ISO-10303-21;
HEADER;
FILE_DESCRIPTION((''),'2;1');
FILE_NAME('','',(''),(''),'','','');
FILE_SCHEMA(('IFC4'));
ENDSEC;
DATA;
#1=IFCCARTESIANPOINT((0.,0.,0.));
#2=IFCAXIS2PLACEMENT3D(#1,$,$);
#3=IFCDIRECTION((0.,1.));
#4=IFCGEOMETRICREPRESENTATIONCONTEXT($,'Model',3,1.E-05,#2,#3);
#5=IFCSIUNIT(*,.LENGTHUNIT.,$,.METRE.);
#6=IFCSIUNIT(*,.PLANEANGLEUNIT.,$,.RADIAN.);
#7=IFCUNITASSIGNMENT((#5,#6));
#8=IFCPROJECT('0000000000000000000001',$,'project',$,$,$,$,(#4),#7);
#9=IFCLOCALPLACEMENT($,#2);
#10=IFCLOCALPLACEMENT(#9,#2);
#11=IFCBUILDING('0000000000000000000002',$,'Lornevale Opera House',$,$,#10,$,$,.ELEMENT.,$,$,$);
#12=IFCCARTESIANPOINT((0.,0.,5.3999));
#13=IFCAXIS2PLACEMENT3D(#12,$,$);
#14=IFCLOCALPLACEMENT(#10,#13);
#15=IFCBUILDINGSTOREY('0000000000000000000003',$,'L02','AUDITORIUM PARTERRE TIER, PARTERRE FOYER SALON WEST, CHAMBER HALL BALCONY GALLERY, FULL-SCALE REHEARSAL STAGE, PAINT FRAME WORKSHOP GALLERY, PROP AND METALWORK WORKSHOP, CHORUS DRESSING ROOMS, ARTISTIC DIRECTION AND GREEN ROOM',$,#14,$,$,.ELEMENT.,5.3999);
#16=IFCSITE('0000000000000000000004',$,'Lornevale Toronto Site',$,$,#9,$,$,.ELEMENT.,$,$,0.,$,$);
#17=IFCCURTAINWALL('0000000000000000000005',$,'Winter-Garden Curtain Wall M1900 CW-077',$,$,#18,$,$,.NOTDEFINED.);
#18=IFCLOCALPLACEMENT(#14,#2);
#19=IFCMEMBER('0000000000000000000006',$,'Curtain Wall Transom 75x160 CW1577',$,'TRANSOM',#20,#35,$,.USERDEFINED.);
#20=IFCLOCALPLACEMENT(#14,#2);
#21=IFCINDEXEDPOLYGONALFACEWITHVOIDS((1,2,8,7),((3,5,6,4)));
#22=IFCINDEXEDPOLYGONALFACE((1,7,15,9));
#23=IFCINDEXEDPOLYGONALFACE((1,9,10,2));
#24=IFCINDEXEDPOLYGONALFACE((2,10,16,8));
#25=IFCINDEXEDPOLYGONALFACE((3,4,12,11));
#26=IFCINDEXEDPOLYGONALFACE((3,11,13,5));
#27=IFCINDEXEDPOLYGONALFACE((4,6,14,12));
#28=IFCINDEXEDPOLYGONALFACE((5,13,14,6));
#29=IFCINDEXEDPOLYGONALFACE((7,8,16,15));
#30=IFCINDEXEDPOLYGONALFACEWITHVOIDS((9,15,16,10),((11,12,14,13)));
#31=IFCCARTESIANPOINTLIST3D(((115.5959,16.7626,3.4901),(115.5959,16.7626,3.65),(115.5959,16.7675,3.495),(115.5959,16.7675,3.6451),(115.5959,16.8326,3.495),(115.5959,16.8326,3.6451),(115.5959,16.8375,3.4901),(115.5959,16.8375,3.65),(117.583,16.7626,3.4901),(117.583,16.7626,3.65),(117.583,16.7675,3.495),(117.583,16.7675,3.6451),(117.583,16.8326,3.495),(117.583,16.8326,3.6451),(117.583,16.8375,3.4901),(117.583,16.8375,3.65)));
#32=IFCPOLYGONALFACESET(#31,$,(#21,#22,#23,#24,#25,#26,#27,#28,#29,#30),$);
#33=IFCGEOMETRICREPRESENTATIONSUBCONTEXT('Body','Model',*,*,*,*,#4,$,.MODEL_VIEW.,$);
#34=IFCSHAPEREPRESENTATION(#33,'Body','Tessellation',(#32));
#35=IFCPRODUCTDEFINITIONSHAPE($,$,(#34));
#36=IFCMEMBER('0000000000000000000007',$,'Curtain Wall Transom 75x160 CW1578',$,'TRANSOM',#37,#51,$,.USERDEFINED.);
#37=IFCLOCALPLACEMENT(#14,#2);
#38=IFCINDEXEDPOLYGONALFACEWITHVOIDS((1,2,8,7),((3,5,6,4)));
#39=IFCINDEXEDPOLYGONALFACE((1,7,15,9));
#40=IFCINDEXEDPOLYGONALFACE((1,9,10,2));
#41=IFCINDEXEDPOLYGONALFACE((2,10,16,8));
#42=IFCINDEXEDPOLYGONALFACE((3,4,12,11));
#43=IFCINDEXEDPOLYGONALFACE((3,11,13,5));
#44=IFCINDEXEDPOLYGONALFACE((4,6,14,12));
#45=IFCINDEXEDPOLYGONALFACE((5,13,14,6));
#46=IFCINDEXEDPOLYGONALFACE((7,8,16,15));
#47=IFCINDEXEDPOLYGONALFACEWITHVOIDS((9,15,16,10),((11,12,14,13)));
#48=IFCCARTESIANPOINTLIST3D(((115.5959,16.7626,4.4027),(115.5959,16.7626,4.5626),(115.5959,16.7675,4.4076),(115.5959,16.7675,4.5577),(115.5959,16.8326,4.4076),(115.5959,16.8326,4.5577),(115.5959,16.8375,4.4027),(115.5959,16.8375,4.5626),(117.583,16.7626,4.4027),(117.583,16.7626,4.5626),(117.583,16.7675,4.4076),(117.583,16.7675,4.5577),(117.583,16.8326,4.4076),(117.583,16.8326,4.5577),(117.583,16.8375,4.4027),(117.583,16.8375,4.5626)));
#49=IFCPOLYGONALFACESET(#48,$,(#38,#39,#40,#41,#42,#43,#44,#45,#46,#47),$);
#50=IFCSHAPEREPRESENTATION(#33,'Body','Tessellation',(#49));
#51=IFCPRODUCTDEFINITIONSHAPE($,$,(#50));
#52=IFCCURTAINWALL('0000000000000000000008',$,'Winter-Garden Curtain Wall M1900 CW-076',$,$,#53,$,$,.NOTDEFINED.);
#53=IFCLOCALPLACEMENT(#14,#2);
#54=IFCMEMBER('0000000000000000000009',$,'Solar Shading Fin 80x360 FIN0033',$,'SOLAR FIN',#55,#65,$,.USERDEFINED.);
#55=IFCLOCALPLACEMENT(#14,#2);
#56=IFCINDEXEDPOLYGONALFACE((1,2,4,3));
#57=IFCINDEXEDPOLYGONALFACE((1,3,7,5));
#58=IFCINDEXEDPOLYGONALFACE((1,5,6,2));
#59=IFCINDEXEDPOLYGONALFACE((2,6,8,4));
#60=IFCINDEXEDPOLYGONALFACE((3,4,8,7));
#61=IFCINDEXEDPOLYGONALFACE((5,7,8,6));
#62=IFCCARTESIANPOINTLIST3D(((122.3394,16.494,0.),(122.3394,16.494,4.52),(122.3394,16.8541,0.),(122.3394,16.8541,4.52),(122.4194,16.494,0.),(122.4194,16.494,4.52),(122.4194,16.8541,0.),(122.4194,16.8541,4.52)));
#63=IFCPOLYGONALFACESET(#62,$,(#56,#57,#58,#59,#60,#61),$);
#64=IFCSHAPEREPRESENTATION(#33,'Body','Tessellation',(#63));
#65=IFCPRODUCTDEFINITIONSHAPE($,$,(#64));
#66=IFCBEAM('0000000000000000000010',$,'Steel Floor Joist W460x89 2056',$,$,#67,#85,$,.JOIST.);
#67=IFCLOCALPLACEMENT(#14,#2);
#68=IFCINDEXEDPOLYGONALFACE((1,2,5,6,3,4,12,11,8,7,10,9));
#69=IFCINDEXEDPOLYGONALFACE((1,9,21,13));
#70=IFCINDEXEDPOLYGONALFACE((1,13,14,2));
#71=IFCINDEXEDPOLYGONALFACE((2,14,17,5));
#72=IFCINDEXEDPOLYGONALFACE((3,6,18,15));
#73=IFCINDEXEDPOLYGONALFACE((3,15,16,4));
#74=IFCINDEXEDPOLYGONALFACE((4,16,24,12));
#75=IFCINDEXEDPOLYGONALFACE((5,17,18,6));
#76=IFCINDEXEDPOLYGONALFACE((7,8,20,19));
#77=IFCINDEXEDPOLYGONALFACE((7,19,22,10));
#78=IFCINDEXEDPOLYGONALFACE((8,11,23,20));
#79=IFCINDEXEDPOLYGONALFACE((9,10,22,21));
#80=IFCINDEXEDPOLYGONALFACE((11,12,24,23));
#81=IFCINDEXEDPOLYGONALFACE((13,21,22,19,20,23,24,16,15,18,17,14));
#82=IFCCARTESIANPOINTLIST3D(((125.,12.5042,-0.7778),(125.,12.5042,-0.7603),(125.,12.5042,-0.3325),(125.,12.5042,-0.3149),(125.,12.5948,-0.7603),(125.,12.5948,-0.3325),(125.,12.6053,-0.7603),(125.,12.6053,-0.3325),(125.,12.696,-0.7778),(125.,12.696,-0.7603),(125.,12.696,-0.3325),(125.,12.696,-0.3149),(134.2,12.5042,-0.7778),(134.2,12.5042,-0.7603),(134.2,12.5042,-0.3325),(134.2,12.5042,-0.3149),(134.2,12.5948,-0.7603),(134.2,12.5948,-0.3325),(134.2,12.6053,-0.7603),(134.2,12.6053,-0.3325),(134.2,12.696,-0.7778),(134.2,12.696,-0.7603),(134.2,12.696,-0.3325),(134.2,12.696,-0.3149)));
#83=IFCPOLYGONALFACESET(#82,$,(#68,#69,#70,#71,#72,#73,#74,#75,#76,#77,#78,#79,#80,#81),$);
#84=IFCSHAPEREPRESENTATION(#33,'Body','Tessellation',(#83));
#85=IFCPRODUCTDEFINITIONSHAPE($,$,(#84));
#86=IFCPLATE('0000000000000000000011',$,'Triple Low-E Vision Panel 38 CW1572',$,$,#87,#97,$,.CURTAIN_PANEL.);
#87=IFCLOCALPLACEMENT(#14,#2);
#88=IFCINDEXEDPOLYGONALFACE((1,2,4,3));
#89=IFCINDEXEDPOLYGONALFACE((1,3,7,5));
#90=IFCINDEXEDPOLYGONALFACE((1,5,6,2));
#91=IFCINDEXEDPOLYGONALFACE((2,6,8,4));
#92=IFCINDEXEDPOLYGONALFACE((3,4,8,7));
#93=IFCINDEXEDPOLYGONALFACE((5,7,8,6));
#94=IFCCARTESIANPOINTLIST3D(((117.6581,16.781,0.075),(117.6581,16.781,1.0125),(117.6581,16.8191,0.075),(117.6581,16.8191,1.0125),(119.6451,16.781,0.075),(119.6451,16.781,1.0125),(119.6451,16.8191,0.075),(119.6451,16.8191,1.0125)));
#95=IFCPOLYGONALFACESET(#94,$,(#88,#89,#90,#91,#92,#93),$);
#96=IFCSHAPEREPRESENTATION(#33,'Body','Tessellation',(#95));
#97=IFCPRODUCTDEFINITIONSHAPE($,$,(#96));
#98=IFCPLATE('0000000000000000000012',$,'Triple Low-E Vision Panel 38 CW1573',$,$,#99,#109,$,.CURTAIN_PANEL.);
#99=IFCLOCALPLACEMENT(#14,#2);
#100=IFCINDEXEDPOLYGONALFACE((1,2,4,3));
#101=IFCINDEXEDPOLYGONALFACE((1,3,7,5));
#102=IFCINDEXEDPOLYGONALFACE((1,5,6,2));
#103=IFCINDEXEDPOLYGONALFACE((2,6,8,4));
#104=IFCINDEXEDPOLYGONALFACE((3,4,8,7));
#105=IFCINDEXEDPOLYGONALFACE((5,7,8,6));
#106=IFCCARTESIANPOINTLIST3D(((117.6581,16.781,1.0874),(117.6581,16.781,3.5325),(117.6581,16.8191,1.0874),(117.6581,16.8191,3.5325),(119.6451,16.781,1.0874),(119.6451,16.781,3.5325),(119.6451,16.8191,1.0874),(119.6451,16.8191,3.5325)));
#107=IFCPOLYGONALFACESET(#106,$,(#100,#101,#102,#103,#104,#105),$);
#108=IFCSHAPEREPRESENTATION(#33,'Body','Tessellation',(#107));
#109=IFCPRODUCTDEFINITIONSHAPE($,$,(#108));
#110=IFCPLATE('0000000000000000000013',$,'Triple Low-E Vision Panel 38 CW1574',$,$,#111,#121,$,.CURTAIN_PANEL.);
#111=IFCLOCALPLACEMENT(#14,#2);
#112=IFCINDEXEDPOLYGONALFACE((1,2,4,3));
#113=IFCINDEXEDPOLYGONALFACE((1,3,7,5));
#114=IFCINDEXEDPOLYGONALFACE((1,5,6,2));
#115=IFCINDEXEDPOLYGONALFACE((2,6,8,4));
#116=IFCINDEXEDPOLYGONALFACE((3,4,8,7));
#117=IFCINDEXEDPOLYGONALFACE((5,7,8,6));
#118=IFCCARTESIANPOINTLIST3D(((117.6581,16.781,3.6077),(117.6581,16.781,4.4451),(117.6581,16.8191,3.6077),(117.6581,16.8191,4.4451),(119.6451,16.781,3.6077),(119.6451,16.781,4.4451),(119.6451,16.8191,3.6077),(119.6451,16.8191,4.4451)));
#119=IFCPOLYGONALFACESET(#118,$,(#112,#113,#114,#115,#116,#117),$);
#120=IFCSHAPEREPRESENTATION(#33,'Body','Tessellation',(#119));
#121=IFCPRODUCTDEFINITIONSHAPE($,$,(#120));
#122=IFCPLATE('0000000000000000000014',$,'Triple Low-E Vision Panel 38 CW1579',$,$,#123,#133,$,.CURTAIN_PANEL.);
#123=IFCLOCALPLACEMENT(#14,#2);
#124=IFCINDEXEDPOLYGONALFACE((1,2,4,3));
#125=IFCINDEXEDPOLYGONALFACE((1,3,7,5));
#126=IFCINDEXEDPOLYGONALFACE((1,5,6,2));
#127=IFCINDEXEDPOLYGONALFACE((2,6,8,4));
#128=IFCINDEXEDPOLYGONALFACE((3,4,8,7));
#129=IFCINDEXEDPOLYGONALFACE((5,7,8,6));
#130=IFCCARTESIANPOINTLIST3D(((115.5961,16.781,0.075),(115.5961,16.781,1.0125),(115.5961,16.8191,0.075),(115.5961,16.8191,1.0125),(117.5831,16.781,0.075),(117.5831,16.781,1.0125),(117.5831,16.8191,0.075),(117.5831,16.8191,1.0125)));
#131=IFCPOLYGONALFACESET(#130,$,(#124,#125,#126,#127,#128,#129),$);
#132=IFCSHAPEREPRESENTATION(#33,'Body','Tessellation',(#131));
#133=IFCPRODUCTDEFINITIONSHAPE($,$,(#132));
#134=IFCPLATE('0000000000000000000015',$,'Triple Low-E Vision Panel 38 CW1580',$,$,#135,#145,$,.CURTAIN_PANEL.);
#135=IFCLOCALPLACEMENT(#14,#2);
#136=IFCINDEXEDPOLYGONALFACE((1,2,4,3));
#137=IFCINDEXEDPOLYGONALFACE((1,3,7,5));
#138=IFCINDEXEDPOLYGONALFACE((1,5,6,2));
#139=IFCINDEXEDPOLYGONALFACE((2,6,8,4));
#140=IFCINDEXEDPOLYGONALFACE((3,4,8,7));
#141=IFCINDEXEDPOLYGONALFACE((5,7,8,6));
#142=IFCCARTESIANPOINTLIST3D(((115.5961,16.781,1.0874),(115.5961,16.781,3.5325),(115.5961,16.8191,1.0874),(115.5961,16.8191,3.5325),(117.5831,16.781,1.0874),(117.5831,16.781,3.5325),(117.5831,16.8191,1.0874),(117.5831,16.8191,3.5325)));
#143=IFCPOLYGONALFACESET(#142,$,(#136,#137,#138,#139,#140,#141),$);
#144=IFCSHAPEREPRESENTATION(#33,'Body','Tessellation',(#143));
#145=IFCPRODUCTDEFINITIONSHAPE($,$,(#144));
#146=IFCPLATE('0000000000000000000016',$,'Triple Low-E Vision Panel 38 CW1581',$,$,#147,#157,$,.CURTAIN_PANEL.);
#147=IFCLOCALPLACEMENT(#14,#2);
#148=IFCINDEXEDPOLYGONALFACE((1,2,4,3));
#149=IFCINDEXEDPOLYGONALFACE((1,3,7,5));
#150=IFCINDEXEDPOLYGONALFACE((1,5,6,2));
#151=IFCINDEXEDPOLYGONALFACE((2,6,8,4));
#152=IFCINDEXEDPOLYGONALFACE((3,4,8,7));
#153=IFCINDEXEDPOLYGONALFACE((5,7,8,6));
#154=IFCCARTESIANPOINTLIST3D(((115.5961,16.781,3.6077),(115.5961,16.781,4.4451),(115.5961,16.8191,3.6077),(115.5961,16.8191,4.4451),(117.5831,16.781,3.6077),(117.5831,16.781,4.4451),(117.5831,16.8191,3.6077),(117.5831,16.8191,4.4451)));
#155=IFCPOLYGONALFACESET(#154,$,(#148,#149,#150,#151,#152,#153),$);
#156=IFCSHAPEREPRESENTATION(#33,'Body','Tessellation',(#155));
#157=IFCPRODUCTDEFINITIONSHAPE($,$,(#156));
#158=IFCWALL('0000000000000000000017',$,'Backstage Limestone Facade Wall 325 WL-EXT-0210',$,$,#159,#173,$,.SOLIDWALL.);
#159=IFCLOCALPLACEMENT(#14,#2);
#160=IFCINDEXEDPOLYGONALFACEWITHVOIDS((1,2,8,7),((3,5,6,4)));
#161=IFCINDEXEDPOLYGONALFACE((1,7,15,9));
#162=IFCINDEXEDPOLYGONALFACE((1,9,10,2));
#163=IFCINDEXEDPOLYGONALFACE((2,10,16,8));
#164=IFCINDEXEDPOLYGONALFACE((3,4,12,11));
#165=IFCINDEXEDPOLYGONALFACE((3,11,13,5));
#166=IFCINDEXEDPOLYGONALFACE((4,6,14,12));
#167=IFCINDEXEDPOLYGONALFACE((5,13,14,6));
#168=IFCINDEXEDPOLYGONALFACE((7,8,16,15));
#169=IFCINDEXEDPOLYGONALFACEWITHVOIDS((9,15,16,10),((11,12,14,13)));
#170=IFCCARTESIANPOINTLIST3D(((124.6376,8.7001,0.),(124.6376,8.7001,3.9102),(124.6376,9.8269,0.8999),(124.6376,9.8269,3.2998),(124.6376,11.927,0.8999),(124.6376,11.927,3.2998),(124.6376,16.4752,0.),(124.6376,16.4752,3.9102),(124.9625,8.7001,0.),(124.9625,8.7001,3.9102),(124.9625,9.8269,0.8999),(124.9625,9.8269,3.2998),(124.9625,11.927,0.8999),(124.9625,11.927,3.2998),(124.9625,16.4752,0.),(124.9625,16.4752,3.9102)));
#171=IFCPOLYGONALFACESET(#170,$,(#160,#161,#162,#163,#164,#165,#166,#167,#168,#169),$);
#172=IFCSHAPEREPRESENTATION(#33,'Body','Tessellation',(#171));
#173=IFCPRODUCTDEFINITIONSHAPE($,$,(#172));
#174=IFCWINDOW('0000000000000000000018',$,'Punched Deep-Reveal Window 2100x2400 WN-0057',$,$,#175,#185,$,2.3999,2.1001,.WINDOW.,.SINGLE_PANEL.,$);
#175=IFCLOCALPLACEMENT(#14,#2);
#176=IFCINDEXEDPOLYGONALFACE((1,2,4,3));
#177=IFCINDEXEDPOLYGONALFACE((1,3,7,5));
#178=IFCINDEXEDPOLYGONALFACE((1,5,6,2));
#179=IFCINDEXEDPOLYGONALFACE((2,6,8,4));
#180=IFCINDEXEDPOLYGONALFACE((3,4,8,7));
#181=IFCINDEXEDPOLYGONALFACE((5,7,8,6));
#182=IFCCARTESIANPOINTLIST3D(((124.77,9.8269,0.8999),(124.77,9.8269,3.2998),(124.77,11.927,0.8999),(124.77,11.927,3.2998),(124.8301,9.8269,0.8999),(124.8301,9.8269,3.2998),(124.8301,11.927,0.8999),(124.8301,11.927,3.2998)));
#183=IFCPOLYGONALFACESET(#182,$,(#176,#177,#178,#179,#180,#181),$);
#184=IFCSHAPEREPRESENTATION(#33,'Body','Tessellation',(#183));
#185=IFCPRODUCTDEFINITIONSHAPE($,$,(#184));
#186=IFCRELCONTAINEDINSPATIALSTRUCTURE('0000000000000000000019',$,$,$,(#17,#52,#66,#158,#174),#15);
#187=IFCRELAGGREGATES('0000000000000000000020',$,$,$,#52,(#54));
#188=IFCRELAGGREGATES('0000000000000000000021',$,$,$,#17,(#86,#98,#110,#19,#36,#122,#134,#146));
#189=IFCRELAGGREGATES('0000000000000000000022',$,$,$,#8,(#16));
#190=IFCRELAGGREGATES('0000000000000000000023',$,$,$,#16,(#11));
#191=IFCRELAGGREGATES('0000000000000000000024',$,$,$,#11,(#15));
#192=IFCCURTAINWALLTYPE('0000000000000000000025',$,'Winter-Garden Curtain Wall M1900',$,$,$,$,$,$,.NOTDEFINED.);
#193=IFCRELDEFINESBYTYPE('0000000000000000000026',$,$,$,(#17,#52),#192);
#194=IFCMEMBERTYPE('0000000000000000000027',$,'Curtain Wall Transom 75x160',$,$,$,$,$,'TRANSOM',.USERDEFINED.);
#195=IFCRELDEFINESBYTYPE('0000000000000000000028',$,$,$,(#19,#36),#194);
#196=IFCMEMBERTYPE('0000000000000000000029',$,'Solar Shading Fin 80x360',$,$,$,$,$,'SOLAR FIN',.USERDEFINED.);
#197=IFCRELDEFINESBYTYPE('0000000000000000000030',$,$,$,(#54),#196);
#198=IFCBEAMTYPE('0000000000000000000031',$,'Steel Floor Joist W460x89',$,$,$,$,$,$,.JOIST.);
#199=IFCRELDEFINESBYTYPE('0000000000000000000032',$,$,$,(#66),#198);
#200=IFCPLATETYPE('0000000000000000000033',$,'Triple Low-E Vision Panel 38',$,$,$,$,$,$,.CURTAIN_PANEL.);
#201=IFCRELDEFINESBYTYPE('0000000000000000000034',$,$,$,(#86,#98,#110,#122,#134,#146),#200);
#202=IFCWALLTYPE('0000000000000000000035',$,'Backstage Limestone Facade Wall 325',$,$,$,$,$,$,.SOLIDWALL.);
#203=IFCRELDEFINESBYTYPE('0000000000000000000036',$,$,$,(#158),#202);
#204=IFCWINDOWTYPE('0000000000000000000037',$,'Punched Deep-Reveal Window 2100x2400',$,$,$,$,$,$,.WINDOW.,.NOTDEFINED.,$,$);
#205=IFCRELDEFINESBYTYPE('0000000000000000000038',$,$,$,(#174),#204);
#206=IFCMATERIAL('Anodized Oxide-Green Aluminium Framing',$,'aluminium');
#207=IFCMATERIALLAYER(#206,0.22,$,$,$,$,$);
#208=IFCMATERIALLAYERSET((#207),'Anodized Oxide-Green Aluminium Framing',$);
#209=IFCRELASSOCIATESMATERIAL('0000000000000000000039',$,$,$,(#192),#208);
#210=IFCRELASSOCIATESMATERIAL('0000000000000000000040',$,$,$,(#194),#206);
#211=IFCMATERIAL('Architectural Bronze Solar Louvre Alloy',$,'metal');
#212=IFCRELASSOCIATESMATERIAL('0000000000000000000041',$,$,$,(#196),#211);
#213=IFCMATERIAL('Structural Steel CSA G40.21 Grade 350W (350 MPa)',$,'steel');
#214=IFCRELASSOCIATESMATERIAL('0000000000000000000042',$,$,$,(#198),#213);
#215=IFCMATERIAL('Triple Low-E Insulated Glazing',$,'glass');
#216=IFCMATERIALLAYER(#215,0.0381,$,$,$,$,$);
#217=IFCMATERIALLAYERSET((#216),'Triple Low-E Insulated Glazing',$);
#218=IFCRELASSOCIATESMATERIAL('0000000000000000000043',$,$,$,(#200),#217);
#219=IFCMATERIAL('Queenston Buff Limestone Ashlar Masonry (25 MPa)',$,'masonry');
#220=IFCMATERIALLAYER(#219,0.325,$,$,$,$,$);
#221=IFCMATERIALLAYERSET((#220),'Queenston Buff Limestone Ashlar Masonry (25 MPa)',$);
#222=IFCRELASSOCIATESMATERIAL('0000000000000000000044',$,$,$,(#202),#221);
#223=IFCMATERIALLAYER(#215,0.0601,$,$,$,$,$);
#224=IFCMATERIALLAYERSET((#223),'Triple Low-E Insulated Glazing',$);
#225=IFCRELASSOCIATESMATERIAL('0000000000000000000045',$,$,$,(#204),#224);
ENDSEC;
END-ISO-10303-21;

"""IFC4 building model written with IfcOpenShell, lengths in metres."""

from ifc_helpers import new_model, si_unit, direction, frame, frame_2d, origin, origin_2d, place, context, subcontext, project, spatial, rectangle, hollow_rectangle, i_section, extrude, material, layer, layer_set, material_profile, profile_set, type_object, element, fill, aggregate, save


model = new_model("IFC4")

# Units and contexts
model_context = context("Model", 3, precision=1e-05, world=origin(), true_north=direction((0.0, 1.0)))
body_context = subcontext(model_context, "Body", "Model", "MODEL_VIEW")
ifc_project = project(units=[si_unit("LENGTHUNIT", "METRE"), si_unit("PLANEANGLEUNIT", "RADIAN")], contexts=[model_context])

# Site, building, storey
site_placement = place(None, origin())
site = spatial("IfcSite", under=ifc_project, at=site_placement, Name="Lornevale Toronto Site", CompositionType="ELEMENT", RefElevation=0.0)
building_placement = place(site_placement, origin())
building = spatial("IfcBuilding", under=site, at=building_placement, Name="Lornevale Opera House", CompositionType="ELEMENT")
storey_placement = place(building_placement, frame((0.0, 0.0, 5.3999)))
storey = spatial("IfcBuildingStorey", under=building, at=storey_placement, Name="L02", Description="AUDITORIUM PARTERRE TIER, PARTERRE FOYER SALON WEST, CHAMBER HALL BALCONY GALLERY, FULL-SCALE REHEARSAL STAGE, PAINT FRAME WORKSHOP GALLERY, PROP AND METALWORK WORKSHOP, CHORUS DRESSING ROOMS, ARTISTIC DIRECTION AND GREEN ROOM", CompositionType="ELEMENT", Elevation=5.3999)

# Curtain wall, members
ifc_material_1 = material(Name="Anodized Oxide-Green Aluminium Framing", Category="aluminium")
ifc_layer_1 = layer(ifc_material_1, 0.22)
ifc_layer_set_1 = layer_set([ifc_layer_1], Name="Anodized Oxide-Green Aluminium Framing")
curtain_wall_type = type_object("IfcCurtainWallType", Name="Winter-Garden Curtain Wall M1900", PredefinedType="NOTDEFINED", material=ifc_layer_set_1)
curtain_wall_1_placement = place(storey_placement, origin())
curtain_wall_1 = element("IfcCurtainWall", 1, at=curtain_wall_1_placement, inside=storey, type_object=curtain_wall_type, Name="Winter-Garden Curtain Wall M1900 CW-077", PredefinedType="NOTDEFINED")
ifc_material_profile_1 = material_profile(ifc_material_1, hollow_rectangle(XDim=0.075, YDim=0.1599, WallThickness=0.0049, at=origin_2d()), Name="ALU75x160x5")
ifc_profile_set_1 = profile_set([ifc_material_profile_1], Name="Anodized Oxide-Green Aluminium Framing")
member_type_1 = type_object("IfcMemberType", Name="Curtain Wall Transom 75x160", ElementType="TRANSOM", PredefinedType="USERDEFINED", material=ifc_profile_set_1)
member_1_placement = place(storey_placement, frame((117.583, 16.8, 3.5701), z_axis=(-1.0, 0.0, 0.0), x_axis=(0.0, -1.0, 0.0)))
member_1 = element("IfcMember", 2, at=member_1_placement, type_object=member_type_1, Name="Curtain Wall Transom 75x160 CW1577", ObjectType="TRANSOM", PredefinedType="USERDEFINED", context=body_context, shape_type="SweptSolid", body=[
    extrude(hollow_rectangle(XDim=0.075, YDim=0.1599, WallThickness=0.0049, at=origin_2d()), origin(), (0.0, 0.0, 1.0), 1.9871),
])
member_2_placement = place(storey_placement, frame((117.583, 16.8, 4.4827), z_axis=(-1.0, 0.0, 0.0), x_axis=(0.0, -1.0, 0.0)))
member_2 = element("IfcMember", 3, at=member_2_placement, type_object=member_type_1, Name="Curtain Wall Transom 75x160 CW1578", ObjectType="TRANSOM", PredefinedType="USERDEFINED", context=body_context, shape_type="SweptSolid", body=[
    extrude(hollow_rectangle(XDim=0.075, YDim=0.1599, WallThickness=0.0049, at=origin_2d()), origin(), (0.0, 0.0, 1.0), 1.9871),
])

# Curtain wall, member
curtain_wall_2_placement = place(storey_placement, origin())
curtain_wall_2 = element("IfcCurtainWall", 4, at=curtain_wall_2_placement, inside=storey, type_object=curtain_wall_type, Name="Winter-Garden Curtain Wall M1900 CW-076", PredefinedType="NOTDEFINED")
ifc_material_2 = material(Name="Architectural Bronze Solar Louvre Alloy", Category="metal")
ifc_material_profile_2 = material_profile(ifc_material_2, rectangle(XDim=0.0801, YDim=0.3601, at=origin_2d()), Name="FIN80x360")
ifc_profile_set_2 = profile_set([ifc_material_profile_2], Name="Architectural Bronze Solar Louvre Alloy")
member_type_2 = type_object("IfcMemberType", Name="Solar Shading Fin 80x360", ElementType="SOLAR FIN", PredefinedType="USERDEFINED", material=ifc_profile_set_2)
member_3_placement = place(storey_placement, frame((122.3794, 16.6741, 0.0), z_axis=(0.0, 0.0, 1.0), x_axis=(-1.0, 0.0, 0.0)))
member_3 = element("IfcMember", 5, at=member_3_placement, type_object=member_type_2, Name="Solar Shading Fin 80x360 FIN0033", ObjectType="SOLAR FIN", PredefinedType="USERDEFINED", context=body_context, shape_type="SweptSolid", body=[
    extrude(rectangle(XDim=0.0801, YDim=0.3601, at=origin_2d()), origin(), (0.0, 0.0, 1.0), 4.52),
])
aggregate(curtain_wall_2, [member_3])

# Beam
ifc_material_3 = material(Name="Structural Steel CSA G40.21 Grade 350W (350 MPa)", Category="steel")
ifc_material_profile_3 = material_profile(ifc_material_3, i_section(OverallWidth=0.1919, OverallDepth=0.4629, WebThickness=0.0105, FlangeThickness=0.0176, at=origin_2d()), Name="W460x89")
ifc_profile_set_3 = profile_set([ifc_material_profile_3], Name="Structural Steel CSA G40.21 Grade 350W (350 MPa)")
beam_type_1 = type_object("IfcBeamType", Name="Steel Floor Joist W460x89", PredefinedType="JOIST", material=ifc_profile_set_3)
beam_1_placement = place(storey_placement, frame((125.0, 12.6001, -0.5464), z_axis=(1.0, 0.0, 0.0), x_axis=(0.0, 1.0, 0.0)))
element("IfcBeam", 6, at=beam_1_placement, inside=storey, type_object=beam_type_1, Name="Steel Floor Joist W460x89 2056", PredefinedType="JOIST", context=body_context, shape_type="SweptSolid", body=[
    extrude(i_section(OverallWidth=0.1919, OverallDepth=0.4629, WebThickness=0.0105, FlangeThickness=0.0176, at=origin_2d()), origin(), (0.0, 0.0, 1.0), 9.2),
])

# Plates
ifc_material_4 = material(Name="Triple Low-E Insulated Glazing", Category="glass")
ifc_layer_2 = layer(ifc_material_4, 0.0381)
ifc_layer_set_2 = layer_set([ifc_layer_2], Name="Triple Low-E Insulated Glazing")
plate_type = type_object("IfcPlateType", Name="Triple Low-E Vision Panel 38", PredefinedType="CURTAIN_PANEL", material=ifc_layer_set_2)
plate_1_placement = place(storey_placement, frame((118.6516, 16.8, 0.075), z_axis=(0.0, 0.0, 1.0), x_axis=(-1.0, 0.0, 0.0)))
plate_1 = element("IfcPlate", 7, at=plate_1_placement, type_object=plate_type, Name="Triple Low-E Vision Panel 38 CW1572", PredefinedType="CURTAIN_PANEL", context=body_context, shape_type="SweptSolid", body=[
    extrude(rectangle(XDim=1.9871, YDim=0.0381, at=origin_2d()), origin(), (0.0, 0.0, 1.0), 0.9375),
])
plate_2_placement = place(storey_placement, frame((118.6516, 16.8, 1.0874), z_axis=(0.0, 0.0, 1.0), x_axis=(-1.0, 0.0, 0.0)))
plate_2 = element("IfcPlate", 8, at=plate_2_placement, type_object=plate_type, Name="Triple Low-E Vision Panel 38 CW1573", PredefinedType="CURTAIN_PANEL", context=body_context, shape_type="SweptSolid", body=[
    extrude(rectangle(XDim=1.9871, YDim=0.0381, at=origin_2d()), origin(), (0.0, 0.0, 1.0), 2.4451),
])
plate_3_placement = place(storey_placement, frame((118.6516, 16.8, 3.6077), z_axis=(0.0, 0.0, 1.0), x_axis=(-1.0, 0.0, 0.0)))
plate_3 = element("IfcPlate", 9, at=plate_3_placement, type_object=plate_type, Name="Triple Low-E Vision Panel 38 CW1574", PredefinedType="CURTAIN_PANEL", context=body_context, shape_type="SweptSolid", body=[
    extrude(rectangle(XDim=1.9871, YDim=0.0381, at=origin_2d()), origin(), (0.0, 0.0, 1.0), 0.8374),
])
plate_4_placement = place(storey_placement, frame((116.5896, 16.8, 0.075), z_axis=(0.0, 0.0, 1.0), x_axis=(-1.0, 0.0, 0.0)))
plate_4 = element("IfcPlate", 10, at=plate_4_placement, type_object=plate_type, Name="Triple Low-E Vision Panel 38 CW1579", PredefinedType="CURTAIN_PANEL", context=body_context, shape_type="SweptSolid", body=[
    extrude(rectangle(XDim=1.9871, YDim=0.0381, at=origin_2d()), origin(), (0.0, 0.0, 1.0), 0.9375),
])
plate_5_placement = place(storey_placement, frame((116.5896, 16.8, 1.0874), z_axis=(0.0, 0.0, 1.0), x_axis=(-1.0, 0.0, 0.0)))
plate_5 = element("IfcPlate", 11, at=plate_5_placement, type_object=plate_type, Name="Triple Low-E Vision Panel 38 CW1580", PredefinedType="CURTAIN_PANEL", context=body_context, shape_type="SweptSolid", body=[
    extrude(rectangle(XDim=1.9871, YDim=0.0381, at=origin_2d()), origin(), (0.0, 0.0, 1.0), 2.4451),
])
plate_6_placement = place(storey_placement, frame((116.5896, 16.8, 3.6077), z_axis=(0.0, 0.0, 1.0), x_axis=(-1.0, 0.0, 0.0)))
plate_6 = element("IfcPlate", 12, at=plate_6_placement, type_object=plate_type, Name="Triple Low-E Vision Panel 38 CW1581", PredefinedType="CURTAIN_PANEL", context=body_context, shape_type="SweptSolid", body=[
    extrude(rectangle(XDim=1.9871, YDim=0.0381, at=origin_2d()), origin(), (0.0, 0.0, 1.0), 0.8374),
])
aggregate(curtain_wall_1, [plate_1, plate_2, plate_3, member_1, member_2, plate_4, plate_5, plate_6])

# Wall, opening, window
ifc_material_5 = material(Name="Queenston Buff Limestone Ashlar Masonry (25 MPa)", Category="masonry")
ifc_layer_3 = layer(ifc_material_5, 0.325)
ifc_layer_set_3 = layer_set([ifc_layer_3], Name="Queenston Buff Limestone Ashlar Masonry (25 MPa)")
wall_type = type_object("IfcWallType", Name="Backstage Limestone Facade Wall 325", PredefinedType="SOLIDWALL", material=ifc_layer_set_3)
wall_placement = place(storey_placement, frame((124.8, 8.7, 0.0), z_axis=(0.0, 0.0, 1.0), x_axis=(0.0, 1.0, 0.0)))
wall = element("IfcWall", 13, at=wall_placement, inside=storey, type_object=wall_type, Name="Backstage Limestone Facade Wall 325 WL-EXT-0210", PredefinedType="SOLIDWALL", context=body_context, shape_type="SweptSolid", body=[
    extrude(rectangle(XDim=7.7751, YDim=0.325, at=frame_2d((3.8877, 0.0))), origin(), (0.0, 0.0, 1.0), 3.9102),
])
opening_placement = place(wall_placement, frame((1.127, 0.0, 0.8999)))
opening = element("IfcOpeningElement", 14, at=opening_placement, cuts=wall, PredefinedType="OPENING", context=body_context, shape_type="SweptSolid", body=[
    extrude(rectangle(XDim=2.1001, YDim=2.3999, at=frame_2d((1.05, 1.2))), frame((0.0, 0.1724, 0.0), z_axis=(0.0, -1.0, 0.0), x_axis=(1.0, 0.0, 0.0)), (0.0, 0.0, 1.0), 0.345),
])
ifc_layer_4 = layer(ifc_material_4, 0.0601)
ifc_layer_set_4 = layer_set([ifc_layer_4], Name="Triple Low-E Insulated Glazing")
window_type = type_object("IfcWindowType", Name="Punched Deep-Reveal Window 2100x2400", PartitioningType="NOTDEFINED", PredefinedType="WINDOW", material=ifc_layer_set_4)
window_placement = place(opening_placement, origin())
window = element("IfcWindow", 15, at=window_placement, inside=storey, type_object=window_type, Name="Punched Deep-Reveal Window 2100x2400 WN-0057", OverallHeight=2.3999, OverallWidth=2.1001, PartitioningType="SINGLE_PANEL", PredefinedType="WINDOW", context=body_context, shape_type="SweptSolid", body=[
    extrude(rectangle(XDim=2.1001, YDim=2.3999, at=frame_2d((1.05, 1.2))), frame((0.0, 0.03, 0.0), z_axis=(0.0, -1.0, 0.0), x_axis=(1.0, 0.0, 0.0)), (0.0, 0.0, 1.0), 0.0601),
])
fill(opening, window)

save(model, "model.ifc")
